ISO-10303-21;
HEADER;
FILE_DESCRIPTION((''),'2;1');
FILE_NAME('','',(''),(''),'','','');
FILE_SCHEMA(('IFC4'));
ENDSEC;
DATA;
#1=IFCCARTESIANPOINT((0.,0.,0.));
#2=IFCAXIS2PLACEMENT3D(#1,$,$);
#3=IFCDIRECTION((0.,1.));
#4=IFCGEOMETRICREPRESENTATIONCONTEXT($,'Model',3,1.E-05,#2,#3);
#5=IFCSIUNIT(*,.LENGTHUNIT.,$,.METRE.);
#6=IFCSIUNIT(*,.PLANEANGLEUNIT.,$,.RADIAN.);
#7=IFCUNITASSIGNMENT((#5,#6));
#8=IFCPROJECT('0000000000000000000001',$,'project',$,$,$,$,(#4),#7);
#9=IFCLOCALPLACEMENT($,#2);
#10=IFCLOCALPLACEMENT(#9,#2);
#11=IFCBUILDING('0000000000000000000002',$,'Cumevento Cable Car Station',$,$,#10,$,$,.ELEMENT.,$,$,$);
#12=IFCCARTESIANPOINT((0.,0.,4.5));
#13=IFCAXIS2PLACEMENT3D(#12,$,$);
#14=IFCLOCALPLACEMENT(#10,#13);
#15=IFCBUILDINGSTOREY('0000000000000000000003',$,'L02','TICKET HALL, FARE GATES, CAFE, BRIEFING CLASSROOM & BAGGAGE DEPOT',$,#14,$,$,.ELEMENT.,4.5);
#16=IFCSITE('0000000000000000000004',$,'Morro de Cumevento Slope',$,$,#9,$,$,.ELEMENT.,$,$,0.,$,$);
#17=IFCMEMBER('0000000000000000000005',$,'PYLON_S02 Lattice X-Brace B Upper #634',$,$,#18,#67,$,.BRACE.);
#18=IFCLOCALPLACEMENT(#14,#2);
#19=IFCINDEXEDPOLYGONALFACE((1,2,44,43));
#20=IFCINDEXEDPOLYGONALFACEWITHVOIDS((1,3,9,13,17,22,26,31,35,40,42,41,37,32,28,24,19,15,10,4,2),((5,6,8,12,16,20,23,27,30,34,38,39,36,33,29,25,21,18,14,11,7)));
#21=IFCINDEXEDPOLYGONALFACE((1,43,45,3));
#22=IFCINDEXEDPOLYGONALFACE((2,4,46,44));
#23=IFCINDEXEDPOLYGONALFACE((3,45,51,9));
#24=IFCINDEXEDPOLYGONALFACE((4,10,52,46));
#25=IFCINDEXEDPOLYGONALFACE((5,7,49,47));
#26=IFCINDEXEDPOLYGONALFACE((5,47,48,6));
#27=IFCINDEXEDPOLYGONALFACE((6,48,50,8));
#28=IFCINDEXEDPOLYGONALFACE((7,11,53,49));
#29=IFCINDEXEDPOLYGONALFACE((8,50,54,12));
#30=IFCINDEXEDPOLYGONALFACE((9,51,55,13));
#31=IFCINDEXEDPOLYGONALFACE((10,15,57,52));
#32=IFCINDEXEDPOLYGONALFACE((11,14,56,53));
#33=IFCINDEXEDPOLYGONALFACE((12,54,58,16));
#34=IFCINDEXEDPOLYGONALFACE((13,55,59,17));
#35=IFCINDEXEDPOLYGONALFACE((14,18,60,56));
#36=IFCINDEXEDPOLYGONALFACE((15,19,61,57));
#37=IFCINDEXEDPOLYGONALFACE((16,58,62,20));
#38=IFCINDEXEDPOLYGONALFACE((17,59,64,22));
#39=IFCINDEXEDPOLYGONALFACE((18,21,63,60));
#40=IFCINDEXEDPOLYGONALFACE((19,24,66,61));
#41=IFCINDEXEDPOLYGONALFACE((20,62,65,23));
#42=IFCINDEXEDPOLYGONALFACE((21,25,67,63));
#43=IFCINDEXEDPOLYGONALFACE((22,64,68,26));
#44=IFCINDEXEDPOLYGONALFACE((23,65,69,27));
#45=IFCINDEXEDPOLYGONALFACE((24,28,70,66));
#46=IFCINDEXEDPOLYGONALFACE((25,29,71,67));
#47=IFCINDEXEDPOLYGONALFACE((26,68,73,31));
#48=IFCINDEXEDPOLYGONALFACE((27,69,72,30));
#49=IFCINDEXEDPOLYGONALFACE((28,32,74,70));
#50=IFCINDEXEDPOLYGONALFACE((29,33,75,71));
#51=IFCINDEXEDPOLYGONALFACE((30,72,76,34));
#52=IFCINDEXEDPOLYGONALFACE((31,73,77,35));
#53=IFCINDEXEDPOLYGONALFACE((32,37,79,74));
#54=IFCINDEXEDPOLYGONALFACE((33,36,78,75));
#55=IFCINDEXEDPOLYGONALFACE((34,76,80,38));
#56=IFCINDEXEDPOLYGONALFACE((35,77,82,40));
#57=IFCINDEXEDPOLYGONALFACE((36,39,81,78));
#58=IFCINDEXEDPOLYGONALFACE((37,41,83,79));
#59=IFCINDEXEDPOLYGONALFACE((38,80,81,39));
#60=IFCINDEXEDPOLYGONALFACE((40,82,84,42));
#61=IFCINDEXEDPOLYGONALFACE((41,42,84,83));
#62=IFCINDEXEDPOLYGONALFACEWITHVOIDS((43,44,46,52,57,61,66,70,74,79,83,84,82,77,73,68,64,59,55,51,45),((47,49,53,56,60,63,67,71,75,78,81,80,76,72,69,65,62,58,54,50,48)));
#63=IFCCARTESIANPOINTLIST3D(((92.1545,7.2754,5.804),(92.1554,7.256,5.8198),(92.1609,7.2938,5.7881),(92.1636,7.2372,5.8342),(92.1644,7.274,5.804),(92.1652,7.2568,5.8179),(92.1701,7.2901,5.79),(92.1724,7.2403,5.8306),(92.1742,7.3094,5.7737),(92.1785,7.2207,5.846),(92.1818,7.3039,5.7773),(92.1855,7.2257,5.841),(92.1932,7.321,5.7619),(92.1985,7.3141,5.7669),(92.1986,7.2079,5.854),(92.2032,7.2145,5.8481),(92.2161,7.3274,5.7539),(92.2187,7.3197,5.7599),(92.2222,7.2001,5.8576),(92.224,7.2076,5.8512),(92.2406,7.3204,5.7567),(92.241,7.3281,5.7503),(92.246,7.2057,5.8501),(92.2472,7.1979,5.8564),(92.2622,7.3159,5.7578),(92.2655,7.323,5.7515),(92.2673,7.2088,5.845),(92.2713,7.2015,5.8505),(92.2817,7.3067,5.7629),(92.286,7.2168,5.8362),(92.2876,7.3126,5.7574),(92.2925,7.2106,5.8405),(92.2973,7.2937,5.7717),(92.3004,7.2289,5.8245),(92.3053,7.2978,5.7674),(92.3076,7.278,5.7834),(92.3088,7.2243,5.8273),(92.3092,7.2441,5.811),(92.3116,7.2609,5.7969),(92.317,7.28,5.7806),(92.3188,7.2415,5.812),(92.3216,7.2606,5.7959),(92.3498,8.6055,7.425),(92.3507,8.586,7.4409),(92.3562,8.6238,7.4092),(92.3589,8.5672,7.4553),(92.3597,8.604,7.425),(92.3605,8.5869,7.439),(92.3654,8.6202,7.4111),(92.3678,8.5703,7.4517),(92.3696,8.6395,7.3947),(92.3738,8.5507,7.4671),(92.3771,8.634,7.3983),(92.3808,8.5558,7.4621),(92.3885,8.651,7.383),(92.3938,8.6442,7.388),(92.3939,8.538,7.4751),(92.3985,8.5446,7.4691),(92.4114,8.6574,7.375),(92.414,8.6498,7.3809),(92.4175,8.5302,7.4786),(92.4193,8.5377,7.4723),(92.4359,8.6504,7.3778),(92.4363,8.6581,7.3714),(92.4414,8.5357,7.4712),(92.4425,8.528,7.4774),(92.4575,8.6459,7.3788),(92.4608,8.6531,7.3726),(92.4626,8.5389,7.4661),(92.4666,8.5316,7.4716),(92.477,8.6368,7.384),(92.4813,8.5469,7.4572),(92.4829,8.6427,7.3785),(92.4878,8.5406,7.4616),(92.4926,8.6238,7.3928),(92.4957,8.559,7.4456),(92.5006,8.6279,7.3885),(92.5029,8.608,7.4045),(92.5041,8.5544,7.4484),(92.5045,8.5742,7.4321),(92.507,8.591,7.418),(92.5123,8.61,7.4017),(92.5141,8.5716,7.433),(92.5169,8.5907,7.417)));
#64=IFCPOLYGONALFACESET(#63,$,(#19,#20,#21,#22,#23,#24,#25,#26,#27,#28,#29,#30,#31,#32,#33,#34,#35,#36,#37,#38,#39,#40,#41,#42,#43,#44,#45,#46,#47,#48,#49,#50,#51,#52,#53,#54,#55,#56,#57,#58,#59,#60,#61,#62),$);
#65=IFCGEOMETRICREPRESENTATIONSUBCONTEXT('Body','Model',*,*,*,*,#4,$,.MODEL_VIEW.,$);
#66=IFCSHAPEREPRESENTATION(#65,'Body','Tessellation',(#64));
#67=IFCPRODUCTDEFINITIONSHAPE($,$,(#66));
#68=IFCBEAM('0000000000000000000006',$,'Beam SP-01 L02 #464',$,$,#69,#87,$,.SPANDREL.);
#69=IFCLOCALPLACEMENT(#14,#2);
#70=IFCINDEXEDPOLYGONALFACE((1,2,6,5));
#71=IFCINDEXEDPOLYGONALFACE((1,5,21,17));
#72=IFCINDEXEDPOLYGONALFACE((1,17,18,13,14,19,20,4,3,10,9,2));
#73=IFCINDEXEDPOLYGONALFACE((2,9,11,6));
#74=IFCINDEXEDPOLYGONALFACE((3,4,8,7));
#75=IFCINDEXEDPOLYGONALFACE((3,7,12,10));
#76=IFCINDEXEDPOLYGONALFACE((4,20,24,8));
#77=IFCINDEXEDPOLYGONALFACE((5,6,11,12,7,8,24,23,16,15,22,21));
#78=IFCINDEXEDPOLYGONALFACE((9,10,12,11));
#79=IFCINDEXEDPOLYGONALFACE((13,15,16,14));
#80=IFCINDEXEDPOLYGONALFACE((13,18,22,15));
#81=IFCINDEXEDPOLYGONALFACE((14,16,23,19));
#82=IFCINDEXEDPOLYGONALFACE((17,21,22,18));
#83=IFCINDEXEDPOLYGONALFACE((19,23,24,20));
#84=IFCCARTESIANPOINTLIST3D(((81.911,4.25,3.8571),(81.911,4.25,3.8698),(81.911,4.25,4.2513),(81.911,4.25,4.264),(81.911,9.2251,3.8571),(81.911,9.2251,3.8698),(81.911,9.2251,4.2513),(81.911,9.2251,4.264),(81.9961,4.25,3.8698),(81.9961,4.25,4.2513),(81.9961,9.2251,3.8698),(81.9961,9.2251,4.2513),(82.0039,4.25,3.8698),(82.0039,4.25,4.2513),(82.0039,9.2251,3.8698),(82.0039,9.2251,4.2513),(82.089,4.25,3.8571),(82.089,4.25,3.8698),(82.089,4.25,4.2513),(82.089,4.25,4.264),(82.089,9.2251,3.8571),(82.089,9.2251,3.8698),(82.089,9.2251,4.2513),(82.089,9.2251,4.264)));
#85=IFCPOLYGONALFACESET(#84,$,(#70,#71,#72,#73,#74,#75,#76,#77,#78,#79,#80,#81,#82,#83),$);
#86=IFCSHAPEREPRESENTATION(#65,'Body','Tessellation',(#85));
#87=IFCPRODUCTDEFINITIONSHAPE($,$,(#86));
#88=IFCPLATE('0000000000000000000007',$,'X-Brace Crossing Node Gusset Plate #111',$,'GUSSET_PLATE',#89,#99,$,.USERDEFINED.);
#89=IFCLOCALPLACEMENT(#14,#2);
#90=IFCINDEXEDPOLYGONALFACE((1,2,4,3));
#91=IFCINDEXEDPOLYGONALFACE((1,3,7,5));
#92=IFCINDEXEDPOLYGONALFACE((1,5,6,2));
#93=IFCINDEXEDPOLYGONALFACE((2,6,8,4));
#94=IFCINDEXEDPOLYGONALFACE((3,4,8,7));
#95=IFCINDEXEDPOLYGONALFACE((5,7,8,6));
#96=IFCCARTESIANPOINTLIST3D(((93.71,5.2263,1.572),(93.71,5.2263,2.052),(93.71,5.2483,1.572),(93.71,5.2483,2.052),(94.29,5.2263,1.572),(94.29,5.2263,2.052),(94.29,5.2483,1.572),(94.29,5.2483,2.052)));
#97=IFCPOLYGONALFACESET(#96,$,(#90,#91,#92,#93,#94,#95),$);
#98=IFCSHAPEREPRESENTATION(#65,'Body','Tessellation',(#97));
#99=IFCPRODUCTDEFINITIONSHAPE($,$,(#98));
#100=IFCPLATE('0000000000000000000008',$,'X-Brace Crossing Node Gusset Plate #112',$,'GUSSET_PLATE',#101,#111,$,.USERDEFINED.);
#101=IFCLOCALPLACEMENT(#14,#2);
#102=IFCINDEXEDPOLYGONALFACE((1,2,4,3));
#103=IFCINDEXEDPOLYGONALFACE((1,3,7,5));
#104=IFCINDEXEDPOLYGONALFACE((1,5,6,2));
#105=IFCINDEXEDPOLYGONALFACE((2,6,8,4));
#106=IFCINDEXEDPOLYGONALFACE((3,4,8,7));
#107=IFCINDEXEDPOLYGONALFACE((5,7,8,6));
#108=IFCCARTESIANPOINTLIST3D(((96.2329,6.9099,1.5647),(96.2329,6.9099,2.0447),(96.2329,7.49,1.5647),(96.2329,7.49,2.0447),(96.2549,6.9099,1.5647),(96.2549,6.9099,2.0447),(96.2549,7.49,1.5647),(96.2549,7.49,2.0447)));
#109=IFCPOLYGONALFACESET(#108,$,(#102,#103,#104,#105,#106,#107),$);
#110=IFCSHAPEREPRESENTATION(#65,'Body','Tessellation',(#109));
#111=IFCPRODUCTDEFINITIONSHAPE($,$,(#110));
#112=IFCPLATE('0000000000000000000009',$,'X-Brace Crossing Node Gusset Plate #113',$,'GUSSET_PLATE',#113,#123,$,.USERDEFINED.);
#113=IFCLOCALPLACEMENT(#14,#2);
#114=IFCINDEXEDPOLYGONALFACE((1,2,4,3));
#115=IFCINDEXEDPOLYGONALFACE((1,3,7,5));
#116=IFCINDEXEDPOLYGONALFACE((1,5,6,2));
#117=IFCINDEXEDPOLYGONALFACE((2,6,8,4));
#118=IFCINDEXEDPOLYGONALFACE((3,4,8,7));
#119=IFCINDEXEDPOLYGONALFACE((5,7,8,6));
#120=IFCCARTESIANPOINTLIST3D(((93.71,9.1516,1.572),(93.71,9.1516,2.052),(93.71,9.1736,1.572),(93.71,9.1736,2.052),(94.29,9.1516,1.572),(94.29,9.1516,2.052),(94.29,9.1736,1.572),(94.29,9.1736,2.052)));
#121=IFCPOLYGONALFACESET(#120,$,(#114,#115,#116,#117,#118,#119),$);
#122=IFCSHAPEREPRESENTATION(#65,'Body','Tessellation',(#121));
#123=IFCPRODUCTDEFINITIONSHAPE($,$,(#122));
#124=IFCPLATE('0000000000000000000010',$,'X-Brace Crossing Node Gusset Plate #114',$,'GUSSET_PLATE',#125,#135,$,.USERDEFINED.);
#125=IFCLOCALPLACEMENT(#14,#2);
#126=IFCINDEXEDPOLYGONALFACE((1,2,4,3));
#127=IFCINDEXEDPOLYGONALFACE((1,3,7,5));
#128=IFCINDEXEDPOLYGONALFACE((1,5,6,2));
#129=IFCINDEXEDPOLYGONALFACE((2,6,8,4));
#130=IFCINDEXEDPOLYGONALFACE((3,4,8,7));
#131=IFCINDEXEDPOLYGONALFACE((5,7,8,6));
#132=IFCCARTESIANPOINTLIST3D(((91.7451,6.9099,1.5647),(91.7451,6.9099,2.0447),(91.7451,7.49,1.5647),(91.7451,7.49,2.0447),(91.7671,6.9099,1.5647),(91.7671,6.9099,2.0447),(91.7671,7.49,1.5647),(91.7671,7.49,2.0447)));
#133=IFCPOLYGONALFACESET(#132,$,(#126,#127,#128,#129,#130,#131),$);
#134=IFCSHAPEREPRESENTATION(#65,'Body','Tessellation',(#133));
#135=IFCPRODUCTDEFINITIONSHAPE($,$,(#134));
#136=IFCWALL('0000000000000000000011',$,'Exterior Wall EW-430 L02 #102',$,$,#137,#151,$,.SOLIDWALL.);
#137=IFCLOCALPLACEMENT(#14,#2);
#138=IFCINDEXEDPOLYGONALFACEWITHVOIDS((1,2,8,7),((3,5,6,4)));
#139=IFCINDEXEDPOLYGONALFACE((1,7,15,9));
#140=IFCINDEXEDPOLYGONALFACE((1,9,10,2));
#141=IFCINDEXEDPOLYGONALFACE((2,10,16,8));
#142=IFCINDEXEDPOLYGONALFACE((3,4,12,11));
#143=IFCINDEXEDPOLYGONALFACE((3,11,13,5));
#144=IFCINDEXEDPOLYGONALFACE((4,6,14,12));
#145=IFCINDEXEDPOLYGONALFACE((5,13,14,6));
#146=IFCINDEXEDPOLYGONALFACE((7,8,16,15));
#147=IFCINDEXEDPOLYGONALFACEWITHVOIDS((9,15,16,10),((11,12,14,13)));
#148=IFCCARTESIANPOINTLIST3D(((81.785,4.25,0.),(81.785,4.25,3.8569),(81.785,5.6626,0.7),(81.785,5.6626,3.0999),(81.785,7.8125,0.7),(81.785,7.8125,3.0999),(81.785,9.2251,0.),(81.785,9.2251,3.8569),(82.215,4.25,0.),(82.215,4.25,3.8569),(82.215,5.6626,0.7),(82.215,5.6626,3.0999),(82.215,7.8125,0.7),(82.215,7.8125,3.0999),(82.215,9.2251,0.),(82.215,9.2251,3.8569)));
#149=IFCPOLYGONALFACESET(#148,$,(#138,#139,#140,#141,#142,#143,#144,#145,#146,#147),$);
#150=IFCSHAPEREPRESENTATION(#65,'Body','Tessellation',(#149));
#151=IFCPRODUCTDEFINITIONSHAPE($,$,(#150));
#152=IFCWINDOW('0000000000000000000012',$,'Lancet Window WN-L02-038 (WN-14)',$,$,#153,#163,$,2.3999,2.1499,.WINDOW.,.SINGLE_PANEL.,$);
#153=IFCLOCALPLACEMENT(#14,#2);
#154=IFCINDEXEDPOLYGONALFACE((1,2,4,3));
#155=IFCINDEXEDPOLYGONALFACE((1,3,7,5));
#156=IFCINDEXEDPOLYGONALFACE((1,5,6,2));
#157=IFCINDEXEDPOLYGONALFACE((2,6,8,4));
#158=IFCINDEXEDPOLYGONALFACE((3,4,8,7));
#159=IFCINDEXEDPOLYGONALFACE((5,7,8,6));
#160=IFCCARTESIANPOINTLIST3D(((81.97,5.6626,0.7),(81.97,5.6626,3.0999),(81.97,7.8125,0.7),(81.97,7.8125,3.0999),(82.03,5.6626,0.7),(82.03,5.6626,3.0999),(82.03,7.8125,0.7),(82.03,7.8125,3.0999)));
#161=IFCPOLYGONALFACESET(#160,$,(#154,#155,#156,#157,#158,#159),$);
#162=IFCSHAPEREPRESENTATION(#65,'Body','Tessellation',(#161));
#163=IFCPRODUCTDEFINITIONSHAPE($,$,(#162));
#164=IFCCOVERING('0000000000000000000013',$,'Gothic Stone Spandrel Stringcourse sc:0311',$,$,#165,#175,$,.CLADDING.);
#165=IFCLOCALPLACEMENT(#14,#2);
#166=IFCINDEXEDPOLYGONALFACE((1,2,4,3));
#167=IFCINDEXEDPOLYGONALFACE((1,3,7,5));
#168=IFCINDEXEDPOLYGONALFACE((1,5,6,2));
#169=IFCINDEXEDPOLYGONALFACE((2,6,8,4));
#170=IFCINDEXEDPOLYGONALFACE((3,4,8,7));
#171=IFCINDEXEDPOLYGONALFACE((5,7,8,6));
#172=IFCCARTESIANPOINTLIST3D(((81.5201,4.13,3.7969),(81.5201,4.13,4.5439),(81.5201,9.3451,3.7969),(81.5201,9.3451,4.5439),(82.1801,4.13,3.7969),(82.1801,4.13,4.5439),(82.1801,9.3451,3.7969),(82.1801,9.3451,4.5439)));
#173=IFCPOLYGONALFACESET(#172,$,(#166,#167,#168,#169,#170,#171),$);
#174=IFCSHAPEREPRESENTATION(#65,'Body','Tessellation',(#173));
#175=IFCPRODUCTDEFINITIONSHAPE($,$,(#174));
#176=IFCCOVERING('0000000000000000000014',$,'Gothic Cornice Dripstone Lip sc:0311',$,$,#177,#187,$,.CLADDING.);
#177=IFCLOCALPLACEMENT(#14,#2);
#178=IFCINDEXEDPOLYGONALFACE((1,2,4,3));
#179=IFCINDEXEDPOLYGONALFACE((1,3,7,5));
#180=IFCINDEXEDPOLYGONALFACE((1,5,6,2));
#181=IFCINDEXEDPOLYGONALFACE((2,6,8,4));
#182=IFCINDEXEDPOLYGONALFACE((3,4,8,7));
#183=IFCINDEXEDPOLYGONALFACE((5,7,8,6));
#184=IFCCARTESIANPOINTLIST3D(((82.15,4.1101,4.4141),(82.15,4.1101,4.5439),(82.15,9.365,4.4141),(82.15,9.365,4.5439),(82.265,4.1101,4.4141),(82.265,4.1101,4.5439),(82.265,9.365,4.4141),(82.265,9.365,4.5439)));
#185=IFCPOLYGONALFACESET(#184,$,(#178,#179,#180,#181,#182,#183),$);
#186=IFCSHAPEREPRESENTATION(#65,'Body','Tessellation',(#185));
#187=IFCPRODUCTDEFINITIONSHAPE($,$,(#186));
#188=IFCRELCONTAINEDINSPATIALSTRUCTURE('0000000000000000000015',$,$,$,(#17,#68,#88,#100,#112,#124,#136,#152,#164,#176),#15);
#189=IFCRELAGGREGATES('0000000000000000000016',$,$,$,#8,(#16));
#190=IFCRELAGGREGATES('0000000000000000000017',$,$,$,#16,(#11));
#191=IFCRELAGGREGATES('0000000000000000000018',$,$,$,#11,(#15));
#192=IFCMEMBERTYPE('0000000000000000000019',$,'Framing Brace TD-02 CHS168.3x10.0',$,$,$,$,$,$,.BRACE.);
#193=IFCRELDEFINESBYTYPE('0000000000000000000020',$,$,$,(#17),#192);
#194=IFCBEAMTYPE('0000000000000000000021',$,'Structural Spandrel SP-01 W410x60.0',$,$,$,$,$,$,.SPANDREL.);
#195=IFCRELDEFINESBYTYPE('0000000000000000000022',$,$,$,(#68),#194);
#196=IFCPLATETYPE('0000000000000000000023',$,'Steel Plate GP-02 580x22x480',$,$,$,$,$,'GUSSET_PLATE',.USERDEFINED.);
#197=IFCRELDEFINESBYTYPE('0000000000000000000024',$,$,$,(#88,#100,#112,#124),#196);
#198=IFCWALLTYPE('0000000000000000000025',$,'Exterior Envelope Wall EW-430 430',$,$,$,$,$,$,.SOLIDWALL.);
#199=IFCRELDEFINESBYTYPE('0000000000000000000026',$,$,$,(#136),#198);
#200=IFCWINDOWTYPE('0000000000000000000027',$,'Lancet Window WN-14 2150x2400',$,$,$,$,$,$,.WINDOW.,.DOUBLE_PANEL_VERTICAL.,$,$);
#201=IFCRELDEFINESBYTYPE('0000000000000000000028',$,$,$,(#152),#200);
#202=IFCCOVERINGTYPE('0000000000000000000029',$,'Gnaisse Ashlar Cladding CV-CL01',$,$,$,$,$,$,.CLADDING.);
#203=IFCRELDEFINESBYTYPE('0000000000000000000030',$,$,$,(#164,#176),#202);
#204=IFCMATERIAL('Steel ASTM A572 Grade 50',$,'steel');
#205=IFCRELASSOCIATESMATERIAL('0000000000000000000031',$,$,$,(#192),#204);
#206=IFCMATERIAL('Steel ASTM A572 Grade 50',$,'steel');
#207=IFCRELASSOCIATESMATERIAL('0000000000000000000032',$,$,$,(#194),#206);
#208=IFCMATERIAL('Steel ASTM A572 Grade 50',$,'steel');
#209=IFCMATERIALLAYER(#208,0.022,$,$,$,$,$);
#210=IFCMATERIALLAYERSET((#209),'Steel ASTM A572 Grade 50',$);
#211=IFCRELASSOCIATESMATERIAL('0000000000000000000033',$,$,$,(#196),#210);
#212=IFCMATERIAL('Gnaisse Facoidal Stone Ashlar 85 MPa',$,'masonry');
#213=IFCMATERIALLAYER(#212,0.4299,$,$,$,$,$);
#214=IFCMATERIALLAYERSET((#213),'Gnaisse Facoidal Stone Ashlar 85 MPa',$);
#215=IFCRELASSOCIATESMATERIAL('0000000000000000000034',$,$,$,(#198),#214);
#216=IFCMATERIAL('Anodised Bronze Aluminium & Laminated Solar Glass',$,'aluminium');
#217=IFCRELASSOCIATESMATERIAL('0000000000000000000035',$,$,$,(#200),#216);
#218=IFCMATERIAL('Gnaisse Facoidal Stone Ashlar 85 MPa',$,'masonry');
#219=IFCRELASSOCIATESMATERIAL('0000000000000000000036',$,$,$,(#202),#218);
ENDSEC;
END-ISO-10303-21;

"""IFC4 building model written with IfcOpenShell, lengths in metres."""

from ifc_helpers import new_model, si_unit, direction, frame, frame_2d, origin, origin_2d, place, context, subcontext, project, spatial, rectangle, hollow_circle, i_section, extrude, material, layer, layer_set, material_profile, profile_set, type_object, element, fill, save


model = new_model("IFC4")

# Units and contexts
model_context = context("Model", 3, precision=1e-05, world=origin(), true_north=direction((0.0, 1.0)))
body_context = subcontext(model_context, "Body", "Model", "MODEL_VIEW")
ifc_project = project(units=[si_unit("LENGTHUNIT", "METRE"), si_unit("PLANEANGLEUNIT", "RADIAN")], contexts=[model_context])

# Site, building, storey
site_placement = place(None, origin())
site = spatial("IfcSite", under=ifc_project, at=site_placement, Name="Morro de Cumevento Slope", CompositionType="ELEMENT", RefElevation=0.0)
building_placement = place(site_placement, origin())
building = spatial("IfcBuilding", under=site, at=building_placement, Name="Cumevento Cable Car Station", CompositionType="ELEMENT")
storey_placement = place(building_placement, frame((0.0, 0.0, 4.5)))
storey = spatial("IfcBuildingStorey", under=building, at=storey_placement, Name="L02", Description="TICKET HALL, FARE GATES, CAFE, BRIEFING CLASSROOM & BAGGAGE DEPOT", CompositionType="ELEMENT", Elevation=4.5)

# Member
ifc_material_1 = material(Name="Steel ASTM A572 Grade 50", Category="steel")
ifc_material_profile_1 = material_profile(ifc_material_1, hollow_circle(Radius=0.0842, WallThickness=0.01, at=origin_2d()), Name="CHS168.3x10.0")
ifc_profile_set_1 = profile_set([ifc_material_profile_1], Name="Steel ASTM A572 Grade 50")
member_type_1 = type_object("IfcMemberType", Name="Framing Brace TD-02 CHS168.3x10.0", PredefinedType="BRACE", material=ifc_profile_set_1)
member_1_placement = place(storey_placement, frame((92.2378, 7.2632, 5.804), z_axis=(0.092741, 0.631569, 0.769753), x_axis=(-0.98939, 0.145285, 0.0)))
element("IfcMember", 1, at=member_1_placement, inside=storey, type_object=member_type_1, Name="PYLON_S02 Lattice X-Brace B Upper #634", PredefinedType="BRACE", context=body_context, shape_type="SweptSolid", body=[
    extrude(hollow_circle(Radius=0.0842, WallThickness=0.01, at=origin_2d()), origin(), (0.0, 0.0, 1.0), 2.106),
])

# Beam
ifc_material_2 = material(Name="Steel ASTM A572 Grade 50", Category="steel")
ifc_material_profile_2 = material_profile(ifc_material_2, i_section(OverallWidth=0.178, OverallDepth=0.407, WebThickness=0.0078, FlangeThickness=0.0127, at=origin_2d()), Name="W410x60.0")
ifc_profile_set_2 = profile_set([ifc_material_profile_2], Name="Steel ASTM A572 Grade 50")
beam_type = type_object("IfcBeamType", Name="Structural Spandrel SP-01 W410x60.0", PredefinedType="SPANDREL", material=ifc_profile_set_2)
beam_placement = place(storey_placement, frame((82.0, 4.25, 4.0605), z_axis=(0.0, 1.0, 0.0), x_axis=(-1.0, 0.0, 0.0)))
element("IfcBeam", 2, at=beam_placement, inside=storey, type_object=beam_type, Name="Beam SP-01 L02 #464", PredefinedType="SPANDREL", context=body_context, shape_type="SweptSolid", body=[
    extrude(i_section(OverallWidth=0.178, OverallDepth=0.407, WebThickness=0.0078, FlangeThickness=0.0127, at=origin_2d()), origin(), (0.0, 0.0, 1.0), 4.9751),
])

# Plates
ifc_material_3 = material(Name="Steel ASTM A572 Grade 50", Category="steel")
ifc_layer_1 = layer(ifc_material_3, 0.022)
ifc_layer_set_1 = layer_set([ifc_layer_1], Name="Steel ASTM A572 Grade 50")
plate_type = type_object("IfcPlateType", Name="Steel Plate GP-02 580x22x480", ElementType="GUSSET_PLATE", PredefinedType="USERDEFINED", material=ifc_layer_set_1)
for number, where, z_axis, x_axis, name in (
    (3, (94.0, 5.2373, 1.572), (0.0, 0.0, 1.0), (1.0, 0.0, 0.0), "X-Brace Crossing Node Gusset Plate #111"),
    (4, (96.2439, 7.2, 1.5647), (0.0, 0.0, 1.0), (0.0, 1.0, 0.0), "X-Brace Crossing Node Gusset Plate #112"),
    (5, (94.0, 9.1626, 1.572), (0.0, 0.0, 1.0), (1.0, 0.0, 0.0), "X-Brace Crossing Node Gusset Plate #113"),
    (6, (91.7561, 7.2, 1.5647), (0.0, 0.0, 1.0), (0.0, 1.0, 0.0), "X-Brace Crossing Node Gusset Plate #114"),
):
    element("IfcPlate", number, at=place(storey_placement, frame(where, z_axis=z_axis, x_axis=x_axis)), inside=storey, type_object=plate_type, Name=name, ObjectType="GUSSET_PLATE", PredefinedType="USERDEFINED", context=body_context, shape_type="SweptSolid", body=[
        extrude(rectangle(XDim=0.5801, YDim=0.022, at=origin_2d()), origin(), (0.0, 0.0, 1.0), 0.48),
    ])

# Wall, opening, window
ifc_material_4 = material(Name="Gnaisse Facoidal Stone Ashlar 85 MPa", Category="masonry")
ifc_layer_2 = layer(ifc_material_4, 0.4299)
ifc_layer_set_2 = layer_set([ifc_layer_2], Name="Gnaisse Facoidal Stone Ashlar 85 MPa")
wall_type = type_object("IfcWallType", Name="Exterior Envelope Wall EW-430 430", PredefinedType="SOLIDWALL", material=ifc_layer_set_2)
wall_placement = place(storey_placement, frame((82.0, 9.2251, 0.0), z_axis=(0.0, 0.0, 1.0), x_axis=(0.0, -1.0, 0.0)))
wall = element("IfcWall", 7, at=wall_placement, inside=storey, type_object=wall_type, Name="Exterior Wall EW-430 L02 #102", PredefinedType="SOLIDWALL", context=body_context, shape_type="SweptSolid", body=[
    extrude(rectangle(XDim=4.9751, YDim=0.4299, at=frame_2d((2.4875, 0.0))), origin(), (0.0, 0.0, 1.0), 3.8569),
])
opening_placement = place(wall_placement, frame((1.4126, 0.0, 0.7)))
opening = element("IfcOpeningElement", 8, at=opening_placement, cuts=wall, PredefinedType="OPENING", context=body_context, shape_type="SweptSolid", body=[
    extrude(rectangle(XDim=2.1499, YDim=2.3999, at=frame_2d((1.075, 1.2))), frame((0.0, 0.2249, 0.0), z_axis=(0.0, -1.0, 0.0), x_axis=(1.0, 0.0, 0.0)), (0.0, 0.0, 1.0), 0.45),
])
ifc_material_5 = material(Name="Anodised Bronze Aluminium & Laminated Solar Glass", Category="aluminium")
window_type = type_object("IfcWindowType", Name="Lancet Window WN-14 2150x2400", PartitioningType="DOUBLE_PANEL_VERTICAL", PredefinedType="WINDOW", material=ifc_material_5)
window_placement = place(opening_placement, origin())
window = element("IfcWindow", 9, at=window_placement, inside=storey, type_object=window_type, Name="Lancet Window WN-L02-038 (WN-14)", OverallHeight=2.3999, OverallWidth=2.1499, PartitioningType="SINGLE_PANEL", PredefinedType="WINDOW", context=body_context, shape_type="SweptSolid", body=[
    extrude(rectangle(XDim=2.1499, YDim=2.3999, at=frame_2d((1.075, 1.2))), frame((0.0, 0.03, 0.0), z_axis=(0.0, -1.0, 0.0), x_axis=(1.0, 0.0, 0.0)), (0.0, 0.0, 1.0), 0.0601),
])
fill(opening, window)

# Coverings
ifc_material_6 = material(Name="Gnaisse Facoidal Stone Ashlar 85 MPa", Category="masonry")
covering_type = type_object("IfcCoveringType", Name="Gnaisse Ashlar Cladding CV-CL01", PredefinedType="CLADDING", material=ifc_material_6)
covering_1_placement = place(storey_placement, frame((81.8501, 6.7375, 3.7969), z_axis=(0.0, 0.0, 1.0), x_axis=(0.0, -1.0, 0.0)))
element("IfcCovering", 10, at=covering_1_placement, inside=storey, type_object=covering_type, Name="Gothic Stone Spandrel Stringcourse sc:0311", PredefinedType="CLADDING", context=body_context, shape_type="SweptSolid", body=[
    extrude(rectangle(XDim=5.2151, YDim=0.6599, at=origin_2d()), origin(), (0.0, 0.0, 1.0), 0.7471),
])
covering_2_placement = place(storey_placement, frame((82.2075, 6.7375, 4.4141), z_axis=(0.0, 0.0, 1.0), x_axis=(0.0, -1.0, 0.0)))
element("IfcCovering", 11, at=covering_2_placement, inside=storey, type_object=covering_type, Name="Gothic Cornice Dripstone Lip sc:0311", PredefinedType="CLADDING", context=body_context, shape_type="SweptSolid", body=[
    extrude(rectangle(XDim=5.2549, YDim=0.115, at=origin_2d()), origin(), (0.0, 0.0, 1.0), 0.1299),
])

save(model, "model.ifc")
